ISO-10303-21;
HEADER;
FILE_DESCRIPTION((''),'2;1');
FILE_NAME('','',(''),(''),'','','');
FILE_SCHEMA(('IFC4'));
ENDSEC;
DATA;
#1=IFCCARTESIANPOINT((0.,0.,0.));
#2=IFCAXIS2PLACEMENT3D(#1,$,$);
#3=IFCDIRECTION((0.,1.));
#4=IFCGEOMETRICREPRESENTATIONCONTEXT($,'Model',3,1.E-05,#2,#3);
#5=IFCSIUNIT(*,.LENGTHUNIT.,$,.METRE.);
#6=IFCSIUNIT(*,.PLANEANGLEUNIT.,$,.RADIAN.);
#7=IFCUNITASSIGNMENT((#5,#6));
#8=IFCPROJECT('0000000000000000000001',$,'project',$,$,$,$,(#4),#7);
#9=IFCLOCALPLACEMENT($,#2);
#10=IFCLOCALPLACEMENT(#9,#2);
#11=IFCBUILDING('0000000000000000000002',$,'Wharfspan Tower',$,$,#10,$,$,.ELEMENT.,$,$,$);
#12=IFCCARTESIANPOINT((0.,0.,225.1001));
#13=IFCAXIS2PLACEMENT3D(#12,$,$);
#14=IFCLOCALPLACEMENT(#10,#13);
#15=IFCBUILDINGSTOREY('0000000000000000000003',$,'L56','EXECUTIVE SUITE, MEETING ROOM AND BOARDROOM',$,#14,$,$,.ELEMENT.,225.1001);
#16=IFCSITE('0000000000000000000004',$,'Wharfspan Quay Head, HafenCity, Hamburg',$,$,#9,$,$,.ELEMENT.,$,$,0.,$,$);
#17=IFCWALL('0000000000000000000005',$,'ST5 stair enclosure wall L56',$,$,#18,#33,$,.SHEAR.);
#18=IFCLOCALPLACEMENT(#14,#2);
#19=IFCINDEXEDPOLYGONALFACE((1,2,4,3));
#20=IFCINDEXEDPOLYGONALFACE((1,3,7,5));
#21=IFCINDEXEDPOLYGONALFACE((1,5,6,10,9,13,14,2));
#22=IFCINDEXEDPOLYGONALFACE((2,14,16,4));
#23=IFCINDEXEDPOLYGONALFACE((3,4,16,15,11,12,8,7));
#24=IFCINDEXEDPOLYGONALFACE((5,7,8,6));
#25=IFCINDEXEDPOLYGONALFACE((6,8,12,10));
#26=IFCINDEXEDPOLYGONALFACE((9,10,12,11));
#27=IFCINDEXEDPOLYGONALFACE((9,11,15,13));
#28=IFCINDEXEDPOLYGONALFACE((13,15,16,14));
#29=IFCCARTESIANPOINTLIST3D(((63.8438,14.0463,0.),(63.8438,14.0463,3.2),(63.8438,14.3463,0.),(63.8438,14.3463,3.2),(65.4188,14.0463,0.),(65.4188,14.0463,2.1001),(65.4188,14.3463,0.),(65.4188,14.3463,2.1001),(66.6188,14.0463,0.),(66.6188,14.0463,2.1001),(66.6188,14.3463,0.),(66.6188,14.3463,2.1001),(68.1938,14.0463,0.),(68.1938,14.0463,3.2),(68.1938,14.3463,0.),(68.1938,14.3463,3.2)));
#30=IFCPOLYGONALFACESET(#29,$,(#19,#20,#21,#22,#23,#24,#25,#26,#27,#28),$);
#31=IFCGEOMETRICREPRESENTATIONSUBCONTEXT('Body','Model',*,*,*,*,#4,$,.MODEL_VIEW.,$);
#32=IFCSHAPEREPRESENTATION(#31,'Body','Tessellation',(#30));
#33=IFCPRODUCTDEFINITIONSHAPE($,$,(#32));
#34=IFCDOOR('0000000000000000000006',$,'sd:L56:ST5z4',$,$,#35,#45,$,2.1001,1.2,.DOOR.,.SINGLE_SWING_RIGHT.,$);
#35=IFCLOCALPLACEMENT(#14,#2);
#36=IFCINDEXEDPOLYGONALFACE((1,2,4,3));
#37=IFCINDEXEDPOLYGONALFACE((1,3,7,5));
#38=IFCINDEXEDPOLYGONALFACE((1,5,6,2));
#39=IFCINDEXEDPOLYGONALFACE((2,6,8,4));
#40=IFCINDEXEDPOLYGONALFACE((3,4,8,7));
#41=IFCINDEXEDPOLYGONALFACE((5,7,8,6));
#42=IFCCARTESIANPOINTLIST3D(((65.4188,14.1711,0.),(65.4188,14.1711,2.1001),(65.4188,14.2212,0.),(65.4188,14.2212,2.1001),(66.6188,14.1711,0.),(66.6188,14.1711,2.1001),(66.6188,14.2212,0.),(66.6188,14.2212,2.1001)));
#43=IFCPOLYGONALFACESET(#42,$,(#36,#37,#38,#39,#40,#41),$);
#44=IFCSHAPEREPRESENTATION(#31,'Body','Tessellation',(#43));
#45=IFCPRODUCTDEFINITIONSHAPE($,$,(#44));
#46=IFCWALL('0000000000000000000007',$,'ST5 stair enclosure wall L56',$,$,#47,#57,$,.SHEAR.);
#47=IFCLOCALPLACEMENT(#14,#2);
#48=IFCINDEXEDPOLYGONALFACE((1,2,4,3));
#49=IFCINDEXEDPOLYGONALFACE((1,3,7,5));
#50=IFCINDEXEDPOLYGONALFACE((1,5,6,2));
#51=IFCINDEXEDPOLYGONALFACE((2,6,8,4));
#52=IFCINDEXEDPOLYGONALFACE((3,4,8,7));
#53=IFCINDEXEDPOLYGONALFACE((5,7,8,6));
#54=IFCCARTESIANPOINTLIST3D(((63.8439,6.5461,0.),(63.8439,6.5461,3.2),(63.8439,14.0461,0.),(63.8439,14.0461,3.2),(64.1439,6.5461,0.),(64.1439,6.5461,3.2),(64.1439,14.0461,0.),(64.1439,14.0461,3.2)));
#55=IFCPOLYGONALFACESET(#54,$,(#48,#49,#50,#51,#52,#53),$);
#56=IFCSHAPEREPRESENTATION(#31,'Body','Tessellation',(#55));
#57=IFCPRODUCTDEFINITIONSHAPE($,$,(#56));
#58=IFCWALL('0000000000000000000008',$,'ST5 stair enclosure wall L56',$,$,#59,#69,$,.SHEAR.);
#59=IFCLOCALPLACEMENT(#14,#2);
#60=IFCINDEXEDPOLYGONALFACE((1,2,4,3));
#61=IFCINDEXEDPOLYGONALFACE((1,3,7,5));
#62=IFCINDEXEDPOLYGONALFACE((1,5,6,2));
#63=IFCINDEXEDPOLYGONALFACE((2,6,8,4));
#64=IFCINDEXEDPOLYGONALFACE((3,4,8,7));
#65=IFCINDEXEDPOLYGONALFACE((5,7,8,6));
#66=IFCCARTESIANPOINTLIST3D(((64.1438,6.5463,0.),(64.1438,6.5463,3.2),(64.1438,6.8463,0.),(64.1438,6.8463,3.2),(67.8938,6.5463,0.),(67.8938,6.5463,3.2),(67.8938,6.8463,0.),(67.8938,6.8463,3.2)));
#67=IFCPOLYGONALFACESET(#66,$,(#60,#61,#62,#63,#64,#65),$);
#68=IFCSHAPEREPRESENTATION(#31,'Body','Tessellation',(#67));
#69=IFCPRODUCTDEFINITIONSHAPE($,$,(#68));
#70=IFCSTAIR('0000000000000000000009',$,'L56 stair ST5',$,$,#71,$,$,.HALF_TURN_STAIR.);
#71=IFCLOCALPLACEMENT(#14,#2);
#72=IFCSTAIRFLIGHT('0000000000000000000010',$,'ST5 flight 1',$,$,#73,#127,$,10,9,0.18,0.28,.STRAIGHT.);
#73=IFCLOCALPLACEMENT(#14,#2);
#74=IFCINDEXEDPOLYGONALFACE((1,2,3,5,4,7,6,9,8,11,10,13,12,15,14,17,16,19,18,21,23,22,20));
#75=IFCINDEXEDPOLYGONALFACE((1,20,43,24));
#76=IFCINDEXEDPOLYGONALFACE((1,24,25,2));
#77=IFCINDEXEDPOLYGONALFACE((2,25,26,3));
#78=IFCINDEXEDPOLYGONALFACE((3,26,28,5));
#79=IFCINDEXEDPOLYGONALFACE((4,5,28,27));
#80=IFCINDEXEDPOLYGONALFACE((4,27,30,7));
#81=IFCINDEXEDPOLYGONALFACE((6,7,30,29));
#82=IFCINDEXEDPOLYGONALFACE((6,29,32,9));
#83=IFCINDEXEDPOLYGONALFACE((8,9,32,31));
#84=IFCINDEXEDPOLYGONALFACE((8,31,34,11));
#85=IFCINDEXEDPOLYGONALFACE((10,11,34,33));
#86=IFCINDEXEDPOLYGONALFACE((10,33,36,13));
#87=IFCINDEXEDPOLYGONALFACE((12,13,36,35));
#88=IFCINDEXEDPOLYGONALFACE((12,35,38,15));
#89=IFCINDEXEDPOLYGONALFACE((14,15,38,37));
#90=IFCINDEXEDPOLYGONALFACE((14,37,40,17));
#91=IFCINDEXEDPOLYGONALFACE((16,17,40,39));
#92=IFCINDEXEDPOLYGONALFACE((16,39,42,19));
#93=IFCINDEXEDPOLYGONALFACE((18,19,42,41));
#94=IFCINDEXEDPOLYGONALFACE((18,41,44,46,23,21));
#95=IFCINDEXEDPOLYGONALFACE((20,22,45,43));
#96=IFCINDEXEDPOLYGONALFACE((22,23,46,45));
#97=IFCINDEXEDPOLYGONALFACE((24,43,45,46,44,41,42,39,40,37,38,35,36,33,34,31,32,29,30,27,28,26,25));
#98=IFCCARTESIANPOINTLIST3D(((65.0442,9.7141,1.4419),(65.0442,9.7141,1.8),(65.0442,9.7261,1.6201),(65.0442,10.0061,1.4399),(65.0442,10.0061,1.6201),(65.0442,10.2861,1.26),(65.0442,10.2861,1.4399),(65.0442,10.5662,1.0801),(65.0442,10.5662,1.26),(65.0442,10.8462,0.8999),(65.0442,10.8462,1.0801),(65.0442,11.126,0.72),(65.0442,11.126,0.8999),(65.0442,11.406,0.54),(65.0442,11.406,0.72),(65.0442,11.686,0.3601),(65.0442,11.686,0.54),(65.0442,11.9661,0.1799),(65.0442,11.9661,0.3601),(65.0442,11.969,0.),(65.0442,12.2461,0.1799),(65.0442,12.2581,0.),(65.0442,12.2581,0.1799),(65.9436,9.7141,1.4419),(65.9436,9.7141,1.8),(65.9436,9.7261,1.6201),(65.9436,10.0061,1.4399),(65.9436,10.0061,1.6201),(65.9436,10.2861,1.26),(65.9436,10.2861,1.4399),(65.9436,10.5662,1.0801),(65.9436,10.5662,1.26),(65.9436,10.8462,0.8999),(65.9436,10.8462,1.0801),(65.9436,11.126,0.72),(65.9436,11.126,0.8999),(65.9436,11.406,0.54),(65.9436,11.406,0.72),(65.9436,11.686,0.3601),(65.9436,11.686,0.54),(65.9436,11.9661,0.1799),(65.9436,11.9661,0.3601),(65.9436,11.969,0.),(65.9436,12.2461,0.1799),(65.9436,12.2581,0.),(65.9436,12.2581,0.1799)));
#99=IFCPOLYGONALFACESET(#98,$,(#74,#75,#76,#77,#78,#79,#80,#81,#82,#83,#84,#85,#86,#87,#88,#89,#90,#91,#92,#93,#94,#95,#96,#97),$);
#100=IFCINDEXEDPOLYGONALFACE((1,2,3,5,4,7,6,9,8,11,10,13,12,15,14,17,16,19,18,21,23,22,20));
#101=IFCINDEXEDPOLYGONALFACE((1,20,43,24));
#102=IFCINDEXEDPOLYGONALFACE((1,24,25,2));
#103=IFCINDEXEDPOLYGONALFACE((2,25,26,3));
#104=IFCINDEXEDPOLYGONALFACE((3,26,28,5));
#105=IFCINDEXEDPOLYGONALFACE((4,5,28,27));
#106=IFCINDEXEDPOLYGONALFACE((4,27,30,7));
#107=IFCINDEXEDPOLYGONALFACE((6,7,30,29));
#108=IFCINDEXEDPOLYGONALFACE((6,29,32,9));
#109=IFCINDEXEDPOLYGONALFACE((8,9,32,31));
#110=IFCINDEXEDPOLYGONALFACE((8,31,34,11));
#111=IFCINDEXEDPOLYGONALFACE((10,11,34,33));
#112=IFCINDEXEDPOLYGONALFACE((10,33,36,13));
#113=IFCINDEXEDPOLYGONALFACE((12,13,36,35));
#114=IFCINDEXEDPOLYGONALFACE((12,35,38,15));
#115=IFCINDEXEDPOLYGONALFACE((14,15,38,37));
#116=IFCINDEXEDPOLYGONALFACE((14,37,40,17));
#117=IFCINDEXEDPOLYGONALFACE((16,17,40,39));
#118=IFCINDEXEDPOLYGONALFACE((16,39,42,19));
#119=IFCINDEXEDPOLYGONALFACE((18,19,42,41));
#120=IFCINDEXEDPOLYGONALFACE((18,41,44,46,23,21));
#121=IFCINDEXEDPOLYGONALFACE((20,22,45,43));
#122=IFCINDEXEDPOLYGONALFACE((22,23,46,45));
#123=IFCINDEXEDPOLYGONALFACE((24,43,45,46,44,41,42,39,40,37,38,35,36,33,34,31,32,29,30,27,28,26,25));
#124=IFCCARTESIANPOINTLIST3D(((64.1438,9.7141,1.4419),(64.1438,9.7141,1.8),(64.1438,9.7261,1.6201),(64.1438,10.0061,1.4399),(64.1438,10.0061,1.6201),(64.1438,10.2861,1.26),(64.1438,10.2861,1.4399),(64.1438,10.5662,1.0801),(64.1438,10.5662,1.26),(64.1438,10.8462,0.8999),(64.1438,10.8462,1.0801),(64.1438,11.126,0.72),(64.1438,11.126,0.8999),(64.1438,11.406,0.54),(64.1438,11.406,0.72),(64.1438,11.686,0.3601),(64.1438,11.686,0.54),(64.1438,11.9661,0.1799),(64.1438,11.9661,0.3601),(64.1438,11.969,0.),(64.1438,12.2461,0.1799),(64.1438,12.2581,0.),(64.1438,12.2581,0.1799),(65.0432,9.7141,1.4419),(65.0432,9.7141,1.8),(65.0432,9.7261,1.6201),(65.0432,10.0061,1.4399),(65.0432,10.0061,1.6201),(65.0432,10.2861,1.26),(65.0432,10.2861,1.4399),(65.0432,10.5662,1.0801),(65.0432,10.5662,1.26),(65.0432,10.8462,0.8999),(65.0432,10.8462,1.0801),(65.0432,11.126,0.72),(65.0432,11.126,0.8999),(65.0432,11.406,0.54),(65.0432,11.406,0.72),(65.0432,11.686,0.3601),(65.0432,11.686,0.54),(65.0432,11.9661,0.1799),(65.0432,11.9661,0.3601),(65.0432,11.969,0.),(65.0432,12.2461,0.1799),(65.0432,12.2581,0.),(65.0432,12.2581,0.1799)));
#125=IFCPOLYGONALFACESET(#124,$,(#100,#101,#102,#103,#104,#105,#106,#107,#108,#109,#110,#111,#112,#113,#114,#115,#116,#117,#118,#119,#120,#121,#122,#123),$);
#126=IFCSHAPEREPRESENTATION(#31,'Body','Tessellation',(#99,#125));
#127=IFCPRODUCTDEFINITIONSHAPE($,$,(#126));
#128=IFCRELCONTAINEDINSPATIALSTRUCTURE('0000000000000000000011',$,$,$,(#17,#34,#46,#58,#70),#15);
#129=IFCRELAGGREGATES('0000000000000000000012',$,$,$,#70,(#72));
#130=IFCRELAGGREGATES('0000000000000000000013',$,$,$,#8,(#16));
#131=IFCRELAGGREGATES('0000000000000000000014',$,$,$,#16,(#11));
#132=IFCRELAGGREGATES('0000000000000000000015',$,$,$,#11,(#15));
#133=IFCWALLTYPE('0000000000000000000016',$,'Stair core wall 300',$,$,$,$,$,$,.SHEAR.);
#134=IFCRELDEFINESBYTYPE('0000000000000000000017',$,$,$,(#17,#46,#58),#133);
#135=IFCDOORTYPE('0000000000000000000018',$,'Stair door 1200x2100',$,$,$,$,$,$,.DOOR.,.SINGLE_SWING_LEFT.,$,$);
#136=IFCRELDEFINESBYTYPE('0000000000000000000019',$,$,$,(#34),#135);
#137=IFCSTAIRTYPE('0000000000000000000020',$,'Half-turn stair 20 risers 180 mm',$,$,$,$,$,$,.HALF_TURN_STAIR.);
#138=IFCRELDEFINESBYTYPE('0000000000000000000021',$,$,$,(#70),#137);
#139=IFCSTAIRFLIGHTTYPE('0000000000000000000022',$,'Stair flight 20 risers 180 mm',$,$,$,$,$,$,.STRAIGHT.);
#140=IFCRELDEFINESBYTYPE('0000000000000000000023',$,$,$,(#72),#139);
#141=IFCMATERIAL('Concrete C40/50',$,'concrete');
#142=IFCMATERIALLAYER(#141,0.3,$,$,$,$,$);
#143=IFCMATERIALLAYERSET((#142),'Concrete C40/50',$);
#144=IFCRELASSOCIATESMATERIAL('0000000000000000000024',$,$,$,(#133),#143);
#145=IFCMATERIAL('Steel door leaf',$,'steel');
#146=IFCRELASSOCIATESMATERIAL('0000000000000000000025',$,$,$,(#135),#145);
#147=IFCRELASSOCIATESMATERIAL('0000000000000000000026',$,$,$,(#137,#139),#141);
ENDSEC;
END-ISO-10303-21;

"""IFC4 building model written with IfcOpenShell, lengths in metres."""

from ifc_helpers import new_model, si_unit, direction, frame, frame_2d, origin, place, context, subcontext, project, spatial, polyline, rectangle, outline, extrude, material, layer, layer_set, type_object, element, fill, aggregate, save


model = new_model("IFC4")

# Units and contexts
model_context = context("Model", 3, precision=1e-05, world=origin(), true_north=direction((0.0, 1.0)))
body_context = subcontext(model_context, "Body", "Model", "MODEL_VIEW")
ifc_project = project(units=[si_unit("LENGTHUNIT", "METRE"), si_unit("PLANEANGLEUNIT", "RADIAN")], contexts=[model_context])

# Site, building, storey
site_placement = place(None, origin())
site = spatial("IfcSite", under=ifc_project, at=site_placement, Name="Wharfspan Quay Head, HafenCity, Hamburg", CompositionType="ELEMENT", RefElevation=0.0)
building_placement = place(site_placement, origin())
building = spatial("IfcBuilding", under=site, at=building_placement, Name="Wharfspan Tower", CompositionType="ELEMENT")
storey_placement = place(building_placement, frame((0.0, 0.0, 225.1001)))
storey = spatial("IfcBuildingStorey", under=building, at=storey_placement, Name="L56", Description="EXECUTIVE SUITE, MEETING ROOM AND BOARDROOM", CompositionType="ELEMENT", Elevation=225.1001)

# Wall, opening, door
ifc_material_1 = material(Name="Concrete C40/50", Category="concrete")
ifc_layer_1 = layer(ifc_material_1, 0.3)
ifc_layer_set_1 = layer_set([ifc_layer_1], Name="Concrete C40/50")
wall_type_1 = type_object("IfcWallType", Name="Stair core wall 300", PredefinedType="SHEAR", material=ifc_layer_set_1)
wall_1_placement = place(storey_placement, frame((63.8438, 14.1963, 0.0), z_axis=(0.0, 0.0, 1.0), x_axis=(1.0, 0.0, 0.0)))
wall_1 = element("IfcWall", 1, at=wall_1_placement, inside=storey, type_object=wall_type_1, Name="ST5 stair enclosure wall L56", PredefinedType="SHEAR", context=body_context, shape_type="SweptSolid", body=[
    extrude(rectangle(XDim=4.3501, YDim=0.3, at=frame_2d((2.175, 0.0))), origin(), (0.0, 0.0, 1.0), 3.2),
])
opening_1_placement = place(wall_1_placement, frame((1.575, 0.0, 0.0)))
opening_1 = element("IfcOpeningElement", 2, at=opening_1_placement, cuts=wall_1, PredefinedType="OPENING", context=body_context, shape_type="SweptSolid", body=[
    extrude(rectangle(XDim=1.2, YDim=2.1001, at=frame_2d((0.6001, 1.05))), frame((0.0, 0.1599, 0.0), z_axis=(0.0, -1.0, 0.0), x_axis=(1.0, 0.0, 0.0)), (0.0, 0.0, 1.0), 0.3201),
])
ifc_material_2 = material(Name="Steel door leaf", Category="steel")
door_type_1 = type_object("IfcDoorType", Name="Stair door 1200x2100", OperationType="SINGLE_SWING_LEFT", PredefinedType="DOOR", material=ifc_material_2)
door_1_placement = place(opening_1_placement, origin())
door_1 = element("IfcDoor", 3, at=door_1_placement, inside=storey, type_object=door_type_1, Name="sd:L56:ST5z4", OperationType="SINGLE_SWING_RIGHT", OverallHeight=2.1001, OverallWidth=1.2, PredefinedType="DOOR", context=body_context, shape_type="SweptSolid", body=[
    extrude(rectangle(XDim=1.2, YDim=2.1001, at=frame_2d((0.6001, 1.05))), frame((0.0, 0.0249, 0.0), z_axis=(0.0, -1.0, 0.0), x_axis=(1.0, 0.0, 0.0)), (0.0, 0.0, 1.0), 0.05),
])
fill(opening_1, door_1)

# Walls
wall_2_placement = place(storey_placement, frame((63.9939, 6.5461, 0.0), z_axis=(0.0, 0.0, 1.0), x_axis=(0.0, 1.0, 0.0)))
element("IfcWall", 4, at=wall_2_placement, inside=storey, type_object=wall_type_1, Name="ST5 stair enclosure wall L56", PredefinedType="SHEAR", context=body_context, shape_type="SweptSolid", body=[
    extrude(rectangle(XDim=7.5, YDim=0.3, at=frame_2d((3.75, 0.0))), origin(), (0.0, 0.0, 1.0), 3.2),
])
wall_3_placement = place(storey_placement, frame((64.1438, 6.6963, 0.0), z_axis=(0.0, 0.0, 1.0), x_axis=(1.0, 0.0, 0.0)))
element("IfcWall", 5, at=wall_3_placement, inside=storey, type_object=wall_type_1, Name="ST5 stair enclosure wall L56", PredefinedType="SHEAR", context=body_context, shape_type="SweptSolid", body=[
    extrude(rectangle(XDim=3.75, YDim=0.3, at=frame_2d((1.875, 0.0))), origin(), (0.0, 0.0, 1.0), 3.2),
])

# Stair, stair flight
stair_type = type_object("IfcStairType", Name="Half-turn stair 20 risers 180 mm", PredefinedType="HALF_TURN_STAIR", material=ifc_material_1)
stair_placement = place(storey_placement, origin())
stair = element("IfcStair", 6, at=stair_placement, inside=storey, type_object=stair_type, Name="L56 stair ST5", PredefinedType="HALF_TURN_STAIR")
stair_flight_type = type_object("IfcStairFlightType", Name="Stair flight 20 risers 180 mm", PredefinedType="STRAIGHT", material=ifc_material_1)
stair_flight_placement = place(storey_placement, frame((65.0437, 12.2461, 0.0), z_axis=(0.0, 0.0, 1.0), x_axis=(0.0, -1.0, 0.0)))
stair_flight = element("IfcStairFlight", 7, at=stair_flight_placement, type_object=stair_flight_type, Name="ST5 flight 1", NumberOfRisers=10, NumberOfTreads=9, PredefinedType="STRAIGHT", RiserHeight=0.18, TreadLength=0.28, context=body_context, shape_type="SweptSolid", body=[
    extrude(outline(polyline([(-0.012, 0.0), (-0.012, 0.1799), (0.0, 0.1799), (0.28, 0.1799), (0.28, 0.3601), (0.5601, 0.3601), (0.5601, 0.54), (0.8401, 0.54), (0.8401, 0.72), (1.1201, 0.72), (1.1201, 0.8999), (1.3999, 0.8999), (1.3999, 1.0801), (1.6799, 1.0801), (1.6799, 1.26), (1.96, 1.26), (1.96, 1.4399), (2.24, 1.4399), (2.24, 1.6201), (2.52, 1.6201), (2.532, 1.8), (2.532, 1.4419), (0.2771, 0.0), (-0.012, 0.0)])), frame((0.0, 0.8999, 0.0), z_axis=(0.0, -1.0, 0.0), x_axis=(1.0, 0.0, 0.0)), (0.0, 0.0, 1.0), 0.8994),
    extrude(outline(polyline([(-0.012, 0.0), (-0.012, 0.1799), (0.0, 0.1799), (0.28, 0.1799), (0.28, 0.3601), (0.5601, 0.3601), (0.5601, 0.54), (0.8401, 0.54), (0.8401, 0.72), (1.1201, 0.72), (1.1201, 0.8999), (1.3999, 0.8999), (1.3999, 1.0801), (1.6799, 1.0801), (1.6799, 1.26), (1.96, 1.26), (1.96, 1.4399), (2.24, 1.4399), (2.24, 1.6201), (2.52, 1.6201), (2.532, 1.8), (2.532, 1.4419), (0.2771, 0.0), (-0.012, 0.0)])), frame((0.0, -0.0005, 0.0), z_axis=(0.0, -1.0, 0.0), x_axis=(1.0, 0.0, 0.0)), (0.0, 0.0, 1.0), 0.8994),
])
aggregate(stair, [stair_flight])

save(model, "model.ifc")
